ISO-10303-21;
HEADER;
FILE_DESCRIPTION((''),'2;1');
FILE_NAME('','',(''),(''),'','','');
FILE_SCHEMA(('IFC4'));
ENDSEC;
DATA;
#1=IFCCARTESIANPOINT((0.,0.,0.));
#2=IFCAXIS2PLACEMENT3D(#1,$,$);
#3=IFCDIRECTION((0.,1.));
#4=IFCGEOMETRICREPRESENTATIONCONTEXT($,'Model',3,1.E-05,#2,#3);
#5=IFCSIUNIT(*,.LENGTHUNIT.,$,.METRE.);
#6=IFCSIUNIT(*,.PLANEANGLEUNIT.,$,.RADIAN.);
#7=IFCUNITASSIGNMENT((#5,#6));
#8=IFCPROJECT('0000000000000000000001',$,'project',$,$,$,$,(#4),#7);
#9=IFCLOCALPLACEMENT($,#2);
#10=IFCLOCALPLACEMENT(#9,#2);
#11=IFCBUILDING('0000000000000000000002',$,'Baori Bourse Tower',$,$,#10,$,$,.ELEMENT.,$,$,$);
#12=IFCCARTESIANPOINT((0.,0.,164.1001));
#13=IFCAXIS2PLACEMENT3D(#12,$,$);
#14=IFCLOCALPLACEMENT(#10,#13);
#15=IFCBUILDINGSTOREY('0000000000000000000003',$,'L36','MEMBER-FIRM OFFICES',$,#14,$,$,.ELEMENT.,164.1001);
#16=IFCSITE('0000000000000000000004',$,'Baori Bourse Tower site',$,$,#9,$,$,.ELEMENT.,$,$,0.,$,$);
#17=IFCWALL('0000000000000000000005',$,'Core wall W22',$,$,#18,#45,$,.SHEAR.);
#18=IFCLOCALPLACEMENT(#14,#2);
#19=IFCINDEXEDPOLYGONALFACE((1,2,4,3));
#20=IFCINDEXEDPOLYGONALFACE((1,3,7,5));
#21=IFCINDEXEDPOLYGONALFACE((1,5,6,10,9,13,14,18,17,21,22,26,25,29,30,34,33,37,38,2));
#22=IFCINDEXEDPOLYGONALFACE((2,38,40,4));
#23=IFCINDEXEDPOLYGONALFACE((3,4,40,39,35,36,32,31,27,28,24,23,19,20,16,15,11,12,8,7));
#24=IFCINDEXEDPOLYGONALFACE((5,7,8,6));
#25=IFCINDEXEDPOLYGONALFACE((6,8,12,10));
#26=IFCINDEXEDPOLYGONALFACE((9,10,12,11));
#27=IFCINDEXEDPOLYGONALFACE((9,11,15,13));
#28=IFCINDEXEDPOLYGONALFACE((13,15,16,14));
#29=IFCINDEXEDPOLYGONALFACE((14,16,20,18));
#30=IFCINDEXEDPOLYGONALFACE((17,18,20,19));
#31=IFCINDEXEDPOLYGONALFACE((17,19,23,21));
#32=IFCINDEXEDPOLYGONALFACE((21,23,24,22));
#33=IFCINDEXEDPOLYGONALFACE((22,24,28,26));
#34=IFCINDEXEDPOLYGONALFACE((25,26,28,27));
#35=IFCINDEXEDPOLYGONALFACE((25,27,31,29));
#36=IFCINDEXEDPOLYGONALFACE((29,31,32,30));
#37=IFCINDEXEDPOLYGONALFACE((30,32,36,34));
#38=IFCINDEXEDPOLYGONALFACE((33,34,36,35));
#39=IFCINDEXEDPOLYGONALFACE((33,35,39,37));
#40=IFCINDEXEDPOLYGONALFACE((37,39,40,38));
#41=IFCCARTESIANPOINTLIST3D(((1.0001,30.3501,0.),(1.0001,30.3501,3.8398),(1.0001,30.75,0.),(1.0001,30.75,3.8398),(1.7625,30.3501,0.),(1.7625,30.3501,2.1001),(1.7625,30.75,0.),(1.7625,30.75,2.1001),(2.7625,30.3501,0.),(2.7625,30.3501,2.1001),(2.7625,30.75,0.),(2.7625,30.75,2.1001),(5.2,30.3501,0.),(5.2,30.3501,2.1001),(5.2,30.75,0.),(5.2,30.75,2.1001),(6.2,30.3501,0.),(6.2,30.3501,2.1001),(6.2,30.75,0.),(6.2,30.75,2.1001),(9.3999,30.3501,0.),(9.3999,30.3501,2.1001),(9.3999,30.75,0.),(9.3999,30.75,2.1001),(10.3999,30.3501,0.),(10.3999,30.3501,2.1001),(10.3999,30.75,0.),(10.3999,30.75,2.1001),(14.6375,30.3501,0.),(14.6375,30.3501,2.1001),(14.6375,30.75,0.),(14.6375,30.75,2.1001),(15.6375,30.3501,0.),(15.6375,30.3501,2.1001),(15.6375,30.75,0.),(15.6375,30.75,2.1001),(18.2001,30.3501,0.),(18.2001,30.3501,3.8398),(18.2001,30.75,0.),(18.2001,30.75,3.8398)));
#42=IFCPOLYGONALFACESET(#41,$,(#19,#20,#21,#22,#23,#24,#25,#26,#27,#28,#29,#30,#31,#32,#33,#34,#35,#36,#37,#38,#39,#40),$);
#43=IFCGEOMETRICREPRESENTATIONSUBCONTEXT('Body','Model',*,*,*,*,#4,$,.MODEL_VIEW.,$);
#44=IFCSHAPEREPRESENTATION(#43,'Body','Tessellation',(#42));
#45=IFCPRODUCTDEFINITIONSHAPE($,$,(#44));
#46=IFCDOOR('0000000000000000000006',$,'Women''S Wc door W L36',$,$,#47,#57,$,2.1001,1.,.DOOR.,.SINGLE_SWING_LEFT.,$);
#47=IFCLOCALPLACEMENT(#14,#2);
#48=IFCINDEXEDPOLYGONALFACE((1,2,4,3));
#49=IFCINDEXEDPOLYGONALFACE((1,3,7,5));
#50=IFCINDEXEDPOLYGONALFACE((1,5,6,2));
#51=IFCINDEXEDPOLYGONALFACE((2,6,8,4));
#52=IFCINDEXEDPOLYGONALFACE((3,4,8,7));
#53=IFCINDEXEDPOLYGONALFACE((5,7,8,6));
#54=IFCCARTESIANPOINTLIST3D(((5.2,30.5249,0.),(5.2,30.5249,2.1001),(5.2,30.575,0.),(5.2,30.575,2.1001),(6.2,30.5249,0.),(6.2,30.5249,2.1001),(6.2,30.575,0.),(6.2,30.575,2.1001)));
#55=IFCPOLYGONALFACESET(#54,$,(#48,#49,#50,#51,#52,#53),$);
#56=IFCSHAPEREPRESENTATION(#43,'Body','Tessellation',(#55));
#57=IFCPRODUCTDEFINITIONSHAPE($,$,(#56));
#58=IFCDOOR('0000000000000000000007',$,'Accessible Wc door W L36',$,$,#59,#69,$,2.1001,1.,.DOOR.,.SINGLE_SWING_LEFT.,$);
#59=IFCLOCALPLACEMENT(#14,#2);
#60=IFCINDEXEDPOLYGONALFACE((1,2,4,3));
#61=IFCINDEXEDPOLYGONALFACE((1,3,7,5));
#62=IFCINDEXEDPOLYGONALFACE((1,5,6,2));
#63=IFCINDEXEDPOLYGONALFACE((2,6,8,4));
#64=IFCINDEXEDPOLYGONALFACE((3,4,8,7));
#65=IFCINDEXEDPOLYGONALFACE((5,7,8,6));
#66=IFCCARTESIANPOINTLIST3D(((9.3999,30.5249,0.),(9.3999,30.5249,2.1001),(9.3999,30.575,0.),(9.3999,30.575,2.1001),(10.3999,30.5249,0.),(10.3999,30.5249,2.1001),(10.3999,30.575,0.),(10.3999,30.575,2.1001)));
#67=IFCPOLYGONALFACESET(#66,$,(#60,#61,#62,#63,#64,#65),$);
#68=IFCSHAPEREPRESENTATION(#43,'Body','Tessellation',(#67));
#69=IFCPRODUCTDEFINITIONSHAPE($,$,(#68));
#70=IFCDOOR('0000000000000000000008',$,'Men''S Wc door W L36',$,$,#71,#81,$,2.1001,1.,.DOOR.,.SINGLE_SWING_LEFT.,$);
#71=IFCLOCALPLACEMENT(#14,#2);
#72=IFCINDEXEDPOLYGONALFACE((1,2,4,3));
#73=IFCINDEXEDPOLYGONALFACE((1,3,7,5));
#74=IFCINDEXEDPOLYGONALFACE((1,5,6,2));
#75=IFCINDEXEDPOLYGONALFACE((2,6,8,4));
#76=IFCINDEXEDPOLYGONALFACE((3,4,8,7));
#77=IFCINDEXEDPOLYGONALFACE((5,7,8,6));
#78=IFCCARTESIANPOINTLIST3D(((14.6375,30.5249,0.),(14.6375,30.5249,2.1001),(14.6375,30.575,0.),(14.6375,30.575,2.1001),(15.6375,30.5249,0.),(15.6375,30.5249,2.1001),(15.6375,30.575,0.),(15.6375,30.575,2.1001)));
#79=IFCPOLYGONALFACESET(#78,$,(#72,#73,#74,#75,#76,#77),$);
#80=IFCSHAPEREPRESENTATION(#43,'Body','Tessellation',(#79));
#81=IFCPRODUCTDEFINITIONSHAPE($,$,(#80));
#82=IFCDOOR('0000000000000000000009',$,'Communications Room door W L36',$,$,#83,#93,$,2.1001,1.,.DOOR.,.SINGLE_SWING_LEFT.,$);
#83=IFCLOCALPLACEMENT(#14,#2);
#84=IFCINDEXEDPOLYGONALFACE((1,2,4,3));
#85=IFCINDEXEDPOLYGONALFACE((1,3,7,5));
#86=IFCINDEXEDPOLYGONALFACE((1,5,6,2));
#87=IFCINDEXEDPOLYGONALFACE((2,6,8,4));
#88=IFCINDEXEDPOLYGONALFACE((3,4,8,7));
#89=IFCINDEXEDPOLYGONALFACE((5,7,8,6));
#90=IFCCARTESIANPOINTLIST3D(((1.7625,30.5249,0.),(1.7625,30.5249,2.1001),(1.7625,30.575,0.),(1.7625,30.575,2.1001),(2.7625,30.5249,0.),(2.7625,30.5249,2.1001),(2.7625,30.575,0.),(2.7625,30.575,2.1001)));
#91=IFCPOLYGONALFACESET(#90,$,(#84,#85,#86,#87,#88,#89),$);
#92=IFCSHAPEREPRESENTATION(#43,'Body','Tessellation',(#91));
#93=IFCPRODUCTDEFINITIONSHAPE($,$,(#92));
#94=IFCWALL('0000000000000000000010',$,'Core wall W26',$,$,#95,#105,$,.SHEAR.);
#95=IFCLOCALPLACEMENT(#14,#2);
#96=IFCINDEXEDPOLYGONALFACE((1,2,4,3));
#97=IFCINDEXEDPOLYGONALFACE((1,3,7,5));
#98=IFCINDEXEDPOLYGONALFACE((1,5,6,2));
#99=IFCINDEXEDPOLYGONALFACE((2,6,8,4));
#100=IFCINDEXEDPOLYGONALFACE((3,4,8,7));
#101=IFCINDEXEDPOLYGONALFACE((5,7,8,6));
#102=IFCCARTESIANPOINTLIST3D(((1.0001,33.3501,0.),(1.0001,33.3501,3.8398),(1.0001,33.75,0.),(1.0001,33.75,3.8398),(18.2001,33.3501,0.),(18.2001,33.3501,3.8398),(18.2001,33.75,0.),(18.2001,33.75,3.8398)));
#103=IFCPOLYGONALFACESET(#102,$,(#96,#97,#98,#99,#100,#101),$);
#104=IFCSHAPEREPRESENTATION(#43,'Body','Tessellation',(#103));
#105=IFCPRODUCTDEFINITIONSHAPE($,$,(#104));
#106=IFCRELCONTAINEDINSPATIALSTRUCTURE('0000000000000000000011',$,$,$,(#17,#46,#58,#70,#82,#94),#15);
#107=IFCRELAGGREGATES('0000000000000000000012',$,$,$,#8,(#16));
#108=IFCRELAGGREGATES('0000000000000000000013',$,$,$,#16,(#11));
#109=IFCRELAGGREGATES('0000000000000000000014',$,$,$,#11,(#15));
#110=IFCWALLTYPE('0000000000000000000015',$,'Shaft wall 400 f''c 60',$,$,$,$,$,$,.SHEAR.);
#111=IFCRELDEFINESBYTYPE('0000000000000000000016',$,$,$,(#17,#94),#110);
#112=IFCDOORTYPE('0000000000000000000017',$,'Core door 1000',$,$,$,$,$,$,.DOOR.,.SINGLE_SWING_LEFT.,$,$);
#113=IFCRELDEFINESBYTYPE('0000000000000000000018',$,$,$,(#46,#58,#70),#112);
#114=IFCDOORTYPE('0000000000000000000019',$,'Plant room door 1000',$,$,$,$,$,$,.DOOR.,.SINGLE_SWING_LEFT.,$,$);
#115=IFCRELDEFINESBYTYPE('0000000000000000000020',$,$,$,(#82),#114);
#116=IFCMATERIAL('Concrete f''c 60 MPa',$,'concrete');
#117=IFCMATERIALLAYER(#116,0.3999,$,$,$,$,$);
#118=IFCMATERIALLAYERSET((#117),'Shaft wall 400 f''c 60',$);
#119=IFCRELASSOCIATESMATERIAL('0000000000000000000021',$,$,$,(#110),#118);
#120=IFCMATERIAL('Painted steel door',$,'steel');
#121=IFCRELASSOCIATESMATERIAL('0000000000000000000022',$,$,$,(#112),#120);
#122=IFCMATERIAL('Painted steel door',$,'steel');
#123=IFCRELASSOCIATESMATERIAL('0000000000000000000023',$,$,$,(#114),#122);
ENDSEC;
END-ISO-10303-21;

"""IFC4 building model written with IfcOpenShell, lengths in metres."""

from ifc_helpers import new_model, si_unit, direction, frame, frame_2d, origin, place, context, subcontext, project, spatial, rectangle, extrude, material, layer, layer_set, type_object, element, fill, save


model = new_model("IFC4")

# Units and contexts
model_context = context("Model", 3, precision=1e-05, world=origin(), true_north=direction((0.0, 1.0)))
body_context = subcontext(model_context, "Body", "Model", "MODEL_VIEW")
ifc_project = project(units=[si_unit("LENGTHUNIT", "METRE"), si_unit("PLANEANGLEUNIT", "RADIAN")], contexts=[model_context])

# Site, building, storey
site_placement = place(None, origin())
site = spatial("IfcSite", under=ifc_project, at=site_placement, Name="Baori Bourse Tower site", CompositionType="ELEMENT", RefElevation=0.0)
building_placement = place(site_placement, origin())
building = spatial("IfcBuilding", under=site, at=building_placement, Name="Baori Bourse Tower", CompositionType="ELEMENT")
storey_placement = place(building_placement, frame((0.0, 0.0, 164.1001)))
storey = spatial("IfcBuildingStorey", under=building, at=storey_placement, Name="L36", Description="MEMBER-FIRM OFFICES", CompositionType="ELEMENT", Elevation=164.1001)

# Wall, openings, doors
ifc_material_1 = material(Name="Concrete f'c 60 MPa", Category="concrete")
ifc_layer_1 = layer(ifc_material_1, 0.3999)
ifc_layer_set_1 = layer_set([ifc_layer_1], Name="Shaft wall 400 f'c 60")
wall_type_1 = type_object("IfcWallType", Name="Shaft wall 400 f'c 60", PredefinedType="SHEAR", material=ifc_layer_set_1)
wall_1_placement = place(storey_placement, frame((1.0, 30.55, 0.0), z_axis=(0.0, 0.0, 1.0), x_axis=(1.0, 0.0, 0.0)))
wall_1 = element("IfcWall", 1, at=wall_1_placement, inside=storey, type_object=wall_type_1, Name="Core wall W22", PredefinedType="SHEAR", context=body_context, shape_type="SweptSolid", body=[
    extrude(rectangle(XDim=17.2, YDim=0.3999, at=frame_2d((8.6001, 0.0))), origin(), (0.0, 0.0, 1.0), 3.8398),
])
opening_1_placement = place(wall_1_placement, frame((0.7625, 0.0, 0.0)))
opening_1 = element("IfcOpeningElement", 2, at=opening_1_placement, cuts=wall_1, PredefinedType="OPENING", context=body_context, shape_type="SweptSolid", body=[
    extrude(rectangle(XDim=1.0, YDim=2.1001, at=frame_2d((0.5, 1.05))), frame((0.0, 0.21, 0.0), z_axis=(0.0, -1.0, 0.0), x_axis=(1.0, 0.0, 0.0)), (0.0, 0.0, 1.0), 0.4199),
])
opening_2_placement = place(wall_1_placement, frame((4.2, 0.0, 0.0)))
opening_2 = element("IfcOpeningElement", 3, at=opening_2_placement, cuts=wall_1, PredefinedType="OPENING", context=body_context, shape_type="SweptSolid", body=[
    extrude(rectangle(XDim=1.0, YDim=2.1001, at=frame_2d((0.5, 1.05))), frame((0.0, 0.21, 0.0), z_axis=(0.0, -1.0, 0.0), x_axis=(1.0, 0.0, 0.0)), (0.0, 0.0, 1.0), 0.4199),
])
opening_3_placement = place(wall_1_placement, frame((8.3999, 0.0, 0.0)))
opening_3 = element("IfcOpeningElement", 4, at=opening_3_placement, cuts=wall_1, PredefinedType="OPENING", context=body_context, shape_type="SweptSolid", body=[
    extrude(rectangle(XDim=1.0, YDim=2.1001, at=frame_2d((0.5, 1.05))), frame((0.0, 0.21, 0.0), z_axis=(0.0, -1.0, 0.0), x_axis=(1.0, 0.0, 0.0)), (0.0, 0.0, 1.0), 0.4199),
])
opening_4_placement = place(wall_1_placement, frame((13.6375, 0.0, 0.0)))
opening_4 = element("IfcOpeningElement", 5, at=opening_4_placement, cuts=wall_1, PredefinedType="OPENING", context=body_context, shape_type="SweptSolid", body=[
    extrude(rectangle(XDim=1.0, YDim=2.1001, at=frame_2d((0.5, 1.05))), frame((0.0, 0.21, 0.0), z_axis=(0.0, -1.0, 0.0), x_axis=(1.0, 0.0, 0.0)), (0.0, 0.0, 1.0), 0.4199),
])
ifc_material_2 = material(Name="Painted steel door", Category="steel")
door_type_1 = type_object("IfcDoorType", Name="Core door 1000", OperationType="SINGLE_SWING_LEFT", PredefinedType="DOOR", material=ifc_material_2)
door_1_placement = place(opening_2_placement, origin())
door_1 = element("IfcDoor", 6, at=door_1_placement, inside=storey, type_object=door_type_1, Name="Women'S Wc door W L36", OperationType="SINGLE_SWING_LEFT", OverallHeight=2.1001, OverallWidth=1.0, PredefinedType="DOOR", context=body_context, shape_type="SweptSolid", body=[
    extrude(rectangle(XDim=1.0, YDim=2.1001, at=frame_2d((0.5, 1.05))), frame((0.0, 0.0249, 0.0), z_axis=(0.0, -1.0, 0.0), x_axis=(1.0, 0.0, 0.0)), (0.0, 0.0, 1.0), 0.05),
])
fill(opening_2, door_1)
door_2_placement = place(opening_3_placement, origin())
door_2 = element("IfcDoor", 7, at=door_2_placement, inside=storey, type_object=door_type_1, Name="Accessible Wc door W L36", OperationType="SINGLE_SWING_LEFT", OverallHeight=2.1001, OverallWidth=1.0, PredefinedType="DOOR", context=body_context, shape_type="SweptSolid", body=[
    extrude(rectangle(XDim=1.0, YDim=2.1001, at=frame_2d((0.5, 1.05))), frame((0.0, 0.0249, 0.0), z_axis=(0.0, -1.0, 0.0), x_axis=(1.0, 0.0, 0.0)), (0.0, 0.0, 1.0), 0.05),
])
fill(opening_3, door_2)
door_3_placement = place(opening_4_placement, origin())
door_3 = element("IfcDoor", 8, at=door_3_placement, inside=storey, type_object=door_type_1, Name="Men'S Wc door W L36", OperationType="SINGLE_SWING_LEFT", OverallHeight=2.1001, OverallWidth=1.0, PredefinedType="DOOR", context=body_context, shape_type="SweptSolid", body=[
    extrude(rectangle(XDim=1.0, YDim=2.1001, at=frame_2d((0.5, 1.05))), frame((0.0, 0.0249, 0.0), z_axis=(0.0, -1.0, 0.0), x_axis=(1.0, 0.0, 0.0)), (0.0, 0.0, 1.0), 0.05),
])
fill(opening_4, door_3)
ifc_material_3 = material(Name="Painted steel door", Category="steel")
door_type_2 = type_object("IfcDoorType", Name="Plant room door 1000", OperationType="SINGLE_SWING_LEFT", PredefinedType="DOOR", material=ifc_material_3)
door_4_placement = place(opening_1_placement, origin())
door_4 = element("IfcDoor", 9, at=door_4_placement, inside=storey, type_object=door_type_2, Name="Communications Room door W L36", OperationType="SINGLE_SWING_LEFT", OverallHeight=2.1001, OverallWidth=1.0, PredefinedType="DOOR", context=body_context, shape_type="SweptSolid", body=[
    extrude(rectangle(XDim=1.0, YDim=2.1001, at=frame_2d((0.5, 1.05))), frame((0.0, 0.0249, 0.0), z_axis=(0.0, -1.0, 0.0), x_axis=(1.0, 0.0, 0.0)), (0.0, 0.0, 1.0), 0.05),
])
fill(opening_1, door_4)

# Wall
wall_2_placement = place(storey_placement, frame((1.0, 33.55, 0.0), z_axis=(0.0, 0.0, 1.0), x_axis=(1.0, 0.0, 0.0)))
element("IfcWall", 10, at=wall_2_placement, inside=storey, type_object=wall_type_1, Name="Core wall W26", PredefinedType="SHEAR", context=body_context, shape_type="SweptSolid", body=[
    extrude(rectangle(XDim=17.2, YDim=0.3999, at=frame_2d((8.6001, 0.0))), origin(), (0.0, 0.0, 1.0), 3.8398),
])

save(model, "model.ifc")
